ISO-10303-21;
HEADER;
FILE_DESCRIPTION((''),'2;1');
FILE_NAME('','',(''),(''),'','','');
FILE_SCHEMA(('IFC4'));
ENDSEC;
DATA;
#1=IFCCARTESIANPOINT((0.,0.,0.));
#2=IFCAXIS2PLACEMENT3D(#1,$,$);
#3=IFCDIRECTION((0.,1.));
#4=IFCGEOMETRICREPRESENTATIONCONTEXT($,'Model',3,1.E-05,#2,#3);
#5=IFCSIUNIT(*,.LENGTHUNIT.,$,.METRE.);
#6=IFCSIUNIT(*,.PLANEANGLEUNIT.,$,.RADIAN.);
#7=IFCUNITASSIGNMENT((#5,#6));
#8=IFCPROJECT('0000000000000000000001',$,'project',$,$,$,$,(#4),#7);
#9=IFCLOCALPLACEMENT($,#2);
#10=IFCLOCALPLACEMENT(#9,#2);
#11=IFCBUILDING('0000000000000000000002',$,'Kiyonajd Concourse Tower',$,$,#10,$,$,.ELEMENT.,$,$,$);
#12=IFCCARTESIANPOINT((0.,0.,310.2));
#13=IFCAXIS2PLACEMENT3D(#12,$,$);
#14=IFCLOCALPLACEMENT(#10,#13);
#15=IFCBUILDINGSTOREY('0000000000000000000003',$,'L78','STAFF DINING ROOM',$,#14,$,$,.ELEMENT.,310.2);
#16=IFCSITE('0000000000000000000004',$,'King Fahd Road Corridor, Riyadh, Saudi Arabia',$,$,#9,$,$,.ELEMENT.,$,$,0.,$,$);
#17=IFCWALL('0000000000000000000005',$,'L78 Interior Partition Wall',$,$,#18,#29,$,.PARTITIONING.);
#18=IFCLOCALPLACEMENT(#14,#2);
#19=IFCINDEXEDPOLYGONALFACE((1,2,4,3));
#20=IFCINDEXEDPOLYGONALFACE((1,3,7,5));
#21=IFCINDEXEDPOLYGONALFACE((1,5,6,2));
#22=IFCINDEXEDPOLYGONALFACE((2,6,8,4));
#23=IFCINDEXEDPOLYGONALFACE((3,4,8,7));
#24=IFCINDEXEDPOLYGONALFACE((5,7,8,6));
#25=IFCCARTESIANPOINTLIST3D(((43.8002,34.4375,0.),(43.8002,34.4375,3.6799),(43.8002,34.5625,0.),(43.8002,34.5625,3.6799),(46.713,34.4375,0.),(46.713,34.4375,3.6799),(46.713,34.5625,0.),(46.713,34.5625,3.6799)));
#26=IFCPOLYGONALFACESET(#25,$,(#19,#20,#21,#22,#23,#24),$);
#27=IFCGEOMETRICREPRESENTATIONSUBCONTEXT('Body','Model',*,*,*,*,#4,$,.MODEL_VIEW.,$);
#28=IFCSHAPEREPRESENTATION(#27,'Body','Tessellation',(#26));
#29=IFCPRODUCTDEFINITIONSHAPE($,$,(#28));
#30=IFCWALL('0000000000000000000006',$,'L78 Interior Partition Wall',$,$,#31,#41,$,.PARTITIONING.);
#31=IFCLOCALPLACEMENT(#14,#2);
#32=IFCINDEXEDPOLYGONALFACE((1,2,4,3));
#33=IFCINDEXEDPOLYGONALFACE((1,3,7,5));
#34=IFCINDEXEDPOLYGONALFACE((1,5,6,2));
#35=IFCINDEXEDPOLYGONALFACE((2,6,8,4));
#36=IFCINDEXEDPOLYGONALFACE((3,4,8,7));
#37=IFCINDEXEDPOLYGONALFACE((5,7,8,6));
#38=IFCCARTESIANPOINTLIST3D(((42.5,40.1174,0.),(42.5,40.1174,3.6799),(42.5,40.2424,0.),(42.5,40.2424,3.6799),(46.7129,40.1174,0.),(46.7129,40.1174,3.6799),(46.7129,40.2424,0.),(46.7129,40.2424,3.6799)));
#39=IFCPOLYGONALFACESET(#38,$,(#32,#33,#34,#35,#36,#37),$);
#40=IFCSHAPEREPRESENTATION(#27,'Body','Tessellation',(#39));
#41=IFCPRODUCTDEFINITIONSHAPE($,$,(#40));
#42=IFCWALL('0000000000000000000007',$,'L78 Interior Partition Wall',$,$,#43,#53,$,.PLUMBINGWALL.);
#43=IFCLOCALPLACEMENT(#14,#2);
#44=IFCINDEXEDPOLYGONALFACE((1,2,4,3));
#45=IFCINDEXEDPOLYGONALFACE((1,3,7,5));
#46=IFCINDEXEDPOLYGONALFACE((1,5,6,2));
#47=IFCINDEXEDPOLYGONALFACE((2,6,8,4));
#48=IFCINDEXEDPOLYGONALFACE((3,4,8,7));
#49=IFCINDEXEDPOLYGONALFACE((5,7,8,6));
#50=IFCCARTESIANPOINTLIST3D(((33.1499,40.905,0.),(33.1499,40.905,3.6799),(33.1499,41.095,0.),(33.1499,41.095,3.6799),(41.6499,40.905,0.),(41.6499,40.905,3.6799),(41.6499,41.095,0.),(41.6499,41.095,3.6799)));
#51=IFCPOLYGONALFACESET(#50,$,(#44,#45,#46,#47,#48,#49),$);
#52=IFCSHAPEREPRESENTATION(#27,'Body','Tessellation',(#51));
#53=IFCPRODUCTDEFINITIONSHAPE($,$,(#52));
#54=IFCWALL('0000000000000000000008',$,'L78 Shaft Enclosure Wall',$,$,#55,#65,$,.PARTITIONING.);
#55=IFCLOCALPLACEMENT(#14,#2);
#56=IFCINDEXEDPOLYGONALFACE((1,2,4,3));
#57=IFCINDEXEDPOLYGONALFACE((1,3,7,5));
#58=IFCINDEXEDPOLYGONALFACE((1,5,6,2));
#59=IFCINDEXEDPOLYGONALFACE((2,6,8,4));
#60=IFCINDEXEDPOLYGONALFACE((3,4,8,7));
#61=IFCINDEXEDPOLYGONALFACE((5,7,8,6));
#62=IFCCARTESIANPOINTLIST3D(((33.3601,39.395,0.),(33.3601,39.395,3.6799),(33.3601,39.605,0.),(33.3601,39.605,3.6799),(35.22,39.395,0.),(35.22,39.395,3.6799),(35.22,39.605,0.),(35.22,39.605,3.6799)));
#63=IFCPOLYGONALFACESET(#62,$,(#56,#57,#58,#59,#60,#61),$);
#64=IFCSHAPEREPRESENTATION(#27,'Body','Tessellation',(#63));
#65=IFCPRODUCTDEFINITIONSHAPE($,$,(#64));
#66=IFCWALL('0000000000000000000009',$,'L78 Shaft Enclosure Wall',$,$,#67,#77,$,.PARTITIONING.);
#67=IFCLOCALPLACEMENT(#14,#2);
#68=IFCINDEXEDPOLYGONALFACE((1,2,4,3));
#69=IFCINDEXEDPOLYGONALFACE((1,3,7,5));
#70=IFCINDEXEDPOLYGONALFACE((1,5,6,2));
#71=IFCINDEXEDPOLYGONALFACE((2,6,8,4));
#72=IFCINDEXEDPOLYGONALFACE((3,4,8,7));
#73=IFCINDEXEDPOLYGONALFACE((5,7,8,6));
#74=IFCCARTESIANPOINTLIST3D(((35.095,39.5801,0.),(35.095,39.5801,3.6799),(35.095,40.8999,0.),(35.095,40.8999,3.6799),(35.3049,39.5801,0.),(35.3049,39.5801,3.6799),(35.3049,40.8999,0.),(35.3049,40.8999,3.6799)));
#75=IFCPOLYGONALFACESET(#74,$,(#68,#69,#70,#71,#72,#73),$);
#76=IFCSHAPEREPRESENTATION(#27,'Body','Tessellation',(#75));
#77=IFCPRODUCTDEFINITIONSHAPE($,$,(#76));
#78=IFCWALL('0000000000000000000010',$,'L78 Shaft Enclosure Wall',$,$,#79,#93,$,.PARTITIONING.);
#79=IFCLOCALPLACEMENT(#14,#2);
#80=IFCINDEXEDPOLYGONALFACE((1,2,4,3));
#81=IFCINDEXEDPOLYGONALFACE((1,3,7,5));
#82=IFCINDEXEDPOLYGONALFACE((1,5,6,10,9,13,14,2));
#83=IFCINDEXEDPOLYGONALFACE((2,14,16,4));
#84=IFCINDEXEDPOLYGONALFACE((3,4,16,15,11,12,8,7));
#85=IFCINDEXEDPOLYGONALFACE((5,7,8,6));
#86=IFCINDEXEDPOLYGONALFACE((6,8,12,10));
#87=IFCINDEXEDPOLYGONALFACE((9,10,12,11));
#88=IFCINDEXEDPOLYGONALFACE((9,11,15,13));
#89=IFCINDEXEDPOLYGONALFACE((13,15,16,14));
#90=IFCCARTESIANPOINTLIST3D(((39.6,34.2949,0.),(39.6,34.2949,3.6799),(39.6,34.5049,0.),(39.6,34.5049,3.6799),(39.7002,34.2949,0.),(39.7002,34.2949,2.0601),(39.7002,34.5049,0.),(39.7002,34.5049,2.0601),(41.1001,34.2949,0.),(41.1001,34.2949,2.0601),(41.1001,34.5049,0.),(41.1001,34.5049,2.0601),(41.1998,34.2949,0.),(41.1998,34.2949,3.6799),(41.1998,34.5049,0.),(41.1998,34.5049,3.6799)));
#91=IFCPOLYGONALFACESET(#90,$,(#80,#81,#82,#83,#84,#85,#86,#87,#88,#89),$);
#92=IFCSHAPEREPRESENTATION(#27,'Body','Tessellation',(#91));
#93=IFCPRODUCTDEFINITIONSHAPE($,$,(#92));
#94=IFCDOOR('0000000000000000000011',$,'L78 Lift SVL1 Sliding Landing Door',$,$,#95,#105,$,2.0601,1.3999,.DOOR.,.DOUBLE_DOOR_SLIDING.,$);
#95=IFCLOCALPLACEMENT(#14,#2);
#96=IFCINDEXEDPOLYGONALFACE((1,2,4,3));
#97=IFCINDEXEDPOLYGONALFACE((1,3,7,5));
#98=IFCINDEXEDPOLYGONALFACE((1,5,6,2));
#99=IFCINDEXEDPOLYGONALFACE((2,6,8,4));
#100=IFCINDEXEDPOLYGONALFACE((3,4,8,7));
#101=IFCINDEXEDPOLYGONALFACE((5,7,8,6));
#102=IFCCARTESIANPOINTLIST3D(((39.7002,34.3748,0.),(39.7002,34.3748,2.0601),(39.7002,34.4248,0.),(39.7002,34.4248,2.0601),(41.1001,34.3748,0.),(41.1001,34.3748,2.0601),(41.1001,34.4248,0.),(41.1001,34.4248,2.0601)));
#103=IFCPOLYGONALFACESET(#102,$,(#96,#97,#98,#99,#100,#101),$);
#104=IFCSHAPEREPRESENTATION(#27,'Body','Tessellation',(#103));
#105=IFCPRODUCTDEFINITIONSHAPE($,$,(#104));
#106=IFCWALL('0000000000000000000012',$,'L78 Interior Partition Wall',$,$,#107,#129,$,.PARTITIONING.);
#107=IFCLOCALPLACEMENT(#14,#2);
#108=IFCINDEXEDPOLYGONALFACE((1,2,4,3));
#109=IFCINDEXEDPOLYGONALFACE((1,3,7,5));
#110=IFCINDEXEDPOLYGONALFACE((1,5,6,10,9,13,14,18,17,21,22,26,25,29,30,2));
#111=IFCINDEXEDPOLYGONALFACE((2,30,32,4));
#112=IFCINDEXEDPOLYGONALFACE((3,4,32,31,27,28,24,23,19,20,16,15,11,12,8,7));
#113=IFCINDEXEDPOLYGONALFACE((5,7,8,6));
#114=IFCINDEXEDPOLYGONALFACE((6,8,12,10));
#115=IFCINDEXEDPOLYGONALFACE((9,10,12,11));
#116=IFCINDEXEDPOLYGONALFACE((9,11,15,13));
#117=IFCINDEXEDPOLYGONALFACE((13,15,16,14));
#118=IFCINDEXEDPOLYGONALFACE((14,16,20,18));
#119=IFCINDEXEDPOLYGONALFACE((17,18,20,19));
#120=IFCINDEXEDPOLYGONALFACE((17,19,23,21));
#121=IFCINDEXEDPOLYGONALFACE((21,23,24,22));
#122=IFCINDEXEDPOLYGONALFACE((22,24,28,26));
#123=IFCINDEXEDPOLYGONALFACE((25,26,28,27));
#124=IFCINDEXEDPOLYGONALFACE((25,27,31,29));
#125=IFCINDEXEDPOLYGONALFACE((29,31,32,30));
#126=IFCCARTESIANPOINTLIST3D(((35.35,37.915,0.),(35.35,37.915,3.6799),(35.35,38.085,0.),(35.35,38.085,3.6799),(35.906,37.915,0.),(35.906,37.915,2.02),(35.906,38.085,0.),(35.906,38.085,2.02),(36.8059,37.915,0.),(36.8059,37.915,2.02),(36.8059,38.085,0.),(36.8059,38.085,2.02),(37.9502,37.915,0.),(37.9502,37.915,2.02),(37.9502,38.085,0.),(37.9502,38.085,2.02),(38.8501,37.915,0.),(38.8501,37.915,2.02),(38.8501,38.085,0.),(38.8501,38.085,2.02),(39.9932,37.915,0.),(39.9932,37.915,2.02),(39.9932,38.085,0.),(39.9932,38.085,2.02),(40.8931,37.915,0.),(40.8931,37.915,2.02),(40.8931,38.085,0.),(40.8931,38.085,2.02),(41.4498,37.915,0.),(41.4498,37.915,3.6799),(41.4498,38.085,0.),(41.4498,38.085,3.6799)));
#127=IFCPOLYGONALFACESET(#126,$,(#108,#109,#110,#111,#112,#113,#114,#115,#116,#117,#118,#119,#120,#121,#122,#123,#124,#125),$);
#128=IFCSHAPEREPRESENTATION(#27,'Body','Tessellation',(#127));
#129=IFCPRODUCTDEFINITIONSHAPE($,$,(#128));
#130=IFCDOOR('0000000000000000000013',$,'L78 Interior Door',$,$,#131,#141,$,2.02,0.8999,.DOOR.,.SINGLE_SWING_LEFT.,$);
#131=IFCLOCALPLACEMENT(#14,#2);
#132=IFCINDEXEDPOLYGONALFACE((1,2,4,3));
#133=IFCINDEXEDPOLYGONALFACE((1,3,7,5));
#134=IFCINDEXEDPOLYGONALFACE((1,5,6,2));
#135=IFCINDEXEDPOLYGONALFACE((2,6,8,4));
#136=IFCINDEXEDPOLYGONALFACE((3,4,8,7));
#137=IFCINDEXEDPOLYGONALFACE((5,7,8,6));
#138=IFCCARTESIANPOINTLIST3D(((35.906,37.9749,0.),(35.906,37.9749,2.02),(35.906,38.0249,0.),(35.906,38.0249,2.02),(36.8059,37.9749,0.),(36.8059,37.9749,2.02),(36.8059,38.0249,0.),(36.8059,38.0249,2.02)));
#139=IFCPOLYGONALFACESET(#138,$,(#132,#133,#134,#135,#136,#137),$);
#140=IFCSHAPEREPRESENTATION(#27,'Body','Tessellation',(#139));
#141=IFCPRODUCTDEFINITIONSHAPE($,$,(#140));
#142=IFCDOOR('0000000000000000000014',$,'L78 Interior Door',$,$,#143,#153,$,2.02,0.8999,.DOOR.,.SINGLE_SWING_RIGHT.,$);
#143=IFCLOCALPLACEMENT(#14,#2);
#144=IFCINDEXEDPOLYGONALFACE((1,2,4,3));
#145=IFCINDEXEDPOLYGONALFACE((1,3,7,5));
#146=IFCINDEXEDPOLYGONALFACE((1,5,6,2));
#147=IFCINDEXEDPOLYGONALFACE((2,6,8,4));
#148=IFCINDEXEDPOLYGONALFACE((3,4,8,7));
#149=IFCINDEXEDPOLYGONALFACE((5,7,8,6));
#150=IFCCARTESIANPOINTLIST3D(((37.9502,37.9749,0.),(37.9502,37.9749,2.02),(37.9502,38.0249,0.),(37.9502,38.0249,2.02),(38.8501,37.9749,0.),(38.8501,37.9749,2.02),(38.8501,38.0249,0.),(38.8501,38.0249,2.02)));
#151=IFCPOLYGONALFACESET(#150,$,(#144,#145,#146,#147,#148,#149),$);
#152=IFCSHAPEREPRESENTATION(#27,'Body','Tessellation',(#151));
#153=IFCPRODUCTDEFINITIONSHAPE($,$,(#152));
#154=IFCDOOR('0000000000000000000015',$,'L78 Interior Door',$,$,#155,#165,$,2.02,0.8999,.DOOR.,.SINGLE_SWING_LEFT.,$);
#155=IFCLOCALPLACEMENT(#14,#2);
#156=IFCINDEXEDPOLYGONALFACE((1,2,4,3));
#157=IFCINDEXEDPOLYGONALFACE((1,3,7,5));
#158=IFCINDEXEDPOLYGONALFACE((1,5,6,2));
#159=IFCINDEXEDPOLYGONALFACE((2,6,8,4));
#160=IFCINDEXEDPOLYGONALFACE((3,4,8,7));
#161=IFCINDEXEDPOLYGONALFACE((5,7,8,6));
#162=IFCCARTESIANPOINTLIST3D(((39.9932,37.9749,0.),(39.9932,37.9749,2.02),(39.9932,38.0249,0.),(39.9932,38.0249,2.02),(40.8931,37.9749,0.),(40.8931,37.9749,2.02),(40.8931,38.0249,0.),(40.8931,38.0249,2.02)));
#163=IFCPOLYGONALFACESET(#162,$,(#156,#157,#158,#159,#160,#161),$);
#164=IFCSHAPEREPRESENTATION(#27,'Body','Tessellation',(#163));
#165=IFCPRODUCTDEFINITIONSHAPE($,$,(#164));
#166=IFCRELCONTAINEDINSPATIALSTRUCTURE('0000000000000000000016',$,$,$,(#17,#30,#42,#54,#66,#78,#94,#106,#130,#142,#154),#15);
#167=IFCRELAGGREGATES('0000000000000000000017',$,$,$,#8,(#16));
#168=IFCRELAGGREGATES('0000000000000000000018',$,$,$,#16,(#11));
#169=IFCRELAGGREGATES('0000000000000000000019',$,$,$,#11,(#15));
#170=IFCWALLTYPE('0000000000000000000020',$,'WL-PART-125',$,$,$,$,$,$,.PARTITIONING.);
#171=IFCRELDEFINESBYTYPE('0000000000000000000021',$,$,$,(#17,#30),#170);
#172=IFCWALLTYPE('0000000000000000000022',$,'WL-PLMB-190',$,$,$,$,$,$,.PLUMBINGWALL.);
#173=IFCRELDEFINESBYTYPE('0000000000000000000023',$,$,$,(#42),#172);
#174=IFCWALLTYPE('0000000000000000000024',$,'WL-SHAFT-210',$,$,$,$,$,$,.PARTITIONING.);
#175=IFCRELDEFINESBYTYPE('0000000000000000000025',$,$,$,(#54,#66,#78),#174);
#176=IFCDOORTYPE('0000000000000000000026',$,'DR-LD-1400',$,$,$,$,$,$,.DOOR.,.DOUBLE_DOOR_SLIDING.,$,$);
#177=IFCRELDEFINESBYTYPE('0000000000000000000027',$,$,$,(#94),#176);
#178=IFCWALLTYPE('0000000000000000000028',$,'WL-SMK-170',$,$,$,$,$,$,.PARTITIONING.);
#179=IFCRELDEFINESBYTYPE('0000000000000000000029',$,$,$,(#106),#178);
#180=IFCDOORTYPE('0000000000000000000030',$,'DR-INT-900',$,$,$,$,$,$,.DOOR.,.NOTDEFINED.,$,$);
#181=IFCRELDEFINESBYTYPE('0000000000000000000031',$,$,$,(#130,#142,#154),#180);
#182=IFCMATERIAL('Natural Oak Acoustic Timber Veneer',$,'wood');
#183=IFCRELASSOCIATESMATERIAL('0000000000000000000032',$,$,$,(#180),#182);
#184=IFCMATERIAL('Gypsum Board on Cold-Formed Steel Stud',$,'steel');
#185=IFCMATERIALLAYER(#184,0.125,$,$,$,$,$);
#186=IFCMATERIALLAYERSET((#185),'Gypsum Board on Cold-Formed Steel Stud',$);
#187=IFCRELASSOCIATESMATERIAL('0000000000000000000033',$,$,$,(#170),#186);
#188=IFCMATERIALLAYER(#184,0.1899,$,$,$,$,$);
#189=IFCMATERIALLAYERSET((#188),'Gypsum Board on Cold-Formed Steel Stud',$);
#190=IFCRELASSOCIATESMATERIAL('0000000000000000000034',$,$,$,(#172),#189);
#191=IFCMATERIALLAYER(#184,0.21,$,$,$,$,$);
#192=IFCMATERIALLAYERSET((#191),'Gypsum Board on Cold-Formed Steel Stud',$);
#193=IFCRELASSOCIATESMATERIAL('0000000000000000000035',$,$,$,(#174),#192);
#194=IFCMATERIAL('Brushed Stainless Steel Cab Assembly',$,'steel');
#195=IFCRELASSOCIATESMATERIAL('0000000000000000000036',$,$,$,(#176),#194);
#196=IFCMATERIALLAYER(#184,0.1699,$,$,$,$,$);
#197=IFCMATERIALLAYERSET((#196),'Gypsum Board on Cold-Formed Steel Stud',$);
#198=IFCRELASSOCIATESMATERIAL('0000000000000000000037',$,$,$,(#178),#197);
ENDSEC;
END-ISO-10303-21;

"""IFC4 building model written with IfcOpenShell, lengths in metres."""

from ifc_helpers import new_model, si_unit, direction, frame, frame_2d, origin, place, context, subcontext, project, spatial, rectangle, extrude, material, layer, layer_set, type_object, element, fill, save


model = new_model("IFC4")

# Units and contexts
model_context = context("Model", 3, precision=1e-05, world=origin(), true_north=direction((0.0, 1.0)))
body_context = subcontext(model_context, "Body", "Model", "MODEL_VIEW")
ifc_project = project(units=[si_unit("LENGTHUNIT", "METRE"), si_unit("PLANEANGLEUNIT", "RADIAN")], contexts=[model_context])

# Site, building, storey
site_placement = place(None, origin())
site = spatial("IfcSite", under=ifc_project, at=site_placement, Name="King Fahd Road Corridor, Riyadh, Saudi Arabia", CompositionType="ELEMENT", RefElevation=0.0)
building_placement = place(site_placement, origin())
building = spatial("IfcBuilding", under=site, at=building_placement, Name="Kiyonajd Concourse Tower", CompositionType="ELEMENT")
storey_placement = place(building_placement, frame((0.0, 0.0, 310.2)))
storey = spatial("IfcBuildingStorey", under=building, at=storey_placement, Name="L78", Description="STAFF DINING ROOM", CompositionType="ELEMENT", Elevation=310.2)

# Shared definitions
ifc_material_1 = material(Name="Natural Oak Acoustic Timber Veneer", Category="wood")
door_type_1 = type_object("IfcDoorType", Name="DR-INT-900", OperationType="NOTDEFINED", PredefinedType="DOOR", material=ifc_material_1)

# Walls
ifc_material_2 = material(Name="Gypsum Board on Cold-Formed Steel Stud", Category="steel")
ifc_layer_1 = layer(ifc_material_2, 0.125)
ifc_layer_set_1 = layer_set([ifc_layer_1], Name="Gypsum Board on Cold-Formed Steel Stud")
wall_type_1 = type_object("IfcWallType", Name="WL-PART-125", PredefinedType="PARTITIONING", material=ifc_layer_set_1)
wall_1_placement = place(storey_placement, frame((43.8, 34.5, 0.0), z_axis=(0.0, 0.0, 1.0), x_axis=(1.0, 0.0, 0.0)))
element("IfcWall", 1, at=wall_1_placement, inside=storey, type_object=wall_type_1, Name="L78 Interior Partition Wall", PredefinedType="PARTITIONING", context=body_context, shape_type="SweptSolid", body=[
    extrude(rectangle(XDim=2.9128, YDim=0.125, at=frame_2d((1.4565, 0.0))), origin(), (0.0, 0.0, 1.0), 3.6799),
])
wall_2_placement = place(storey_placement, frame((42.5, 40.1799, 0.0), z_axis=(0.0, 0.0, 1.0), x_axis=(1.0, 0.0, 0.0)))
element("IfcWall", 2, at=wall_2_placement, inside=storey, type_object=wall_type_1, Name="L78 Interior Partition Wall", PredefinedType="PARTITIONING", context=body_context, shape_type="SweptSolid", body=[
    extrude(rectangle(XDim=4.2129, YDim=0.125, at=frame_2d((2.1064, 0.0))), origin(), (0.0, 0.0, 1.0), 3.6799),
])
ifc_layer_2 = layer(ifc_material_2, 0.1899)
ifc_layer_set_2 = layer_set([ifc_layer_2], Name="Gypsum Board on Cold-Formed Steel Stud")
wall_type_2 = type_object("IfcWallType", Name="WL-PLMB-190", PredefinedType="PLUMBINGWALL", material=ifc_layer_set_2)
wall_3_placement = place(storey_placement, frame((33.1499, 41.0, 0.0), z_axis=(0.0, 0.0, 1.0), x_axis=(1.0, 0.0, 0.0)))
element("IfcWall", 3, at=wall_3_placement, inside=storey, type_object=wall_type_2, Name="L78 Interior Partition Wall", PredefinedType="PLUMBINGWALL", context=body_context, shape_type="SweptSolid", body=[
    extrude(rectangle(XDim=8.5, YDim=0.1899, at=frame_2d((4.25, 0.0))), origin(), (0.0, 0.0, 1.0), 3.6799),
])
ifc_layer_3 = layer(ifc_material_2, 0.21)
ifc_layer_set_3 = layer_set([ifc_layer_3], Name="Gypsum Board on Cold-Formed Steel Stud")
wall_type_3 = type_object("IfcWallType", Name="WL-SHAFT-210", PredefinedType="PARTITIONING", material=ifc_layer_set_3)
wall_4_placement = place(storey_placement, frame((33.3601, 39.5, 0.0), z_axis=(0.0, 0.0, 1.0), x_axis=(1.0, 0.0, 0.0)))
element("IfcWall", 4, at=wall_4_placement, inside=storey, type_object=wall_type_3, Name="L78 Shaft Enclosure Wall", PredefinedType="PARTITIONING", context=body_context, shape_type="SweptSolid", body=[
    extrude(rectangle(XDim=1.8599, YDim=0.21, at=frame_2d((0.9299, 0.0))), origin(), (0.0, 0.0, 1.0), 3.6799),
])
wall_5_placement = place(storey_placement, frame((35.2, 39.5801, 0.0), z_axis=(0.0, 0.0, 1.0), x_axis=(0.0, 1.0, 0.0)))
element("IfcWall", 5, at=wall_5_placement, inside=storey, type_object=wall_type_3, Name="L78 Shaft Enclosure Wall", PredefinedType="PARTITIONING", context=body_context, shape_type="SweptSolid", body=[
    extrude(rectangle(XDim=1.3198, YDim=0.21, at=frame_2d((0.6599, 0.0))), origin(), (0.0, 0.0, 1.0), 3.6799),
])

# Wall, opening, door
wall_6_placement = place(storey_placement, frame((39.6001, 34.3999, 0.0), z_axis=(0.0, 0.0, 1.0), x_axis=(1.0, 0.0, 0.0)))
wall_6 = element("IfcWall", 6, at=wall_6_placement, inside=storey, type_object=wall_type_3, Name="L78 Shaft Enclosure Wall", PredefinedType="PARTITIONING", context=body_context, shape_type="SweptSolid", body=[
    extrude(rectangle(XDim=1.5999, YDim=0.21, at=frame_2d((0.7998, 0.0))), origin(), (0.0, 0.0, 1.0), 3.6799),
])
opening_1_placement = place(wall_6_placement, frame((0.1001, 0.0, 0.0)))
opening_1 = element("IfcOpeningElement", 7, at=opening_1_placement, cuts=wall_6, PredefinedType="OPENING", context=body_context, shape_type="SweptSolid", body=[
    extrude(rectangle(XDim=1.3999, YDim=2.0601, at=frame_2d((0.7, 1.03))), frame((0.0, 0.115, 0.0), z_axis=(0.0, -1.0, 0.0), x_axis=(1.0, 0.0, 0.0)), (0.0, 0.0, 1.0), 0.23),
])
ifc_material_3 = material(Name="Brushed Stainless Steel Cab Assembly", Category="steel")
door_type_2 = type_object("IfcDoorType", Name="DR-LD-1400", OperationType="DOUBLE_DOOR_SLIDING", PredefinedType="DOOR", material=ifc_material_3)
door_1_placement = place(opening_1_placement, origin())
door_1 = element("IfcDoor", 8, at=door_1_placement, inside=storey, type_object=door_type_2, Name="L78 Lift SVL1 Sliding Landing Door", OperationType="DOUBLE_DOOR_SLIDING", OverallHeight=2.0601, OverallWidth=1.3999, PredefinedType="DOOR", context=body_context, shape_type="SweptSolid", body=[
    extrude(rectangle(XDim=1.3999, YDim=2.0601, at=frame_2d((0.7, 1.03))), frame((0.0, 0.0249, 0.0), z_axis=(0.0, -1.0, 0.0), x_axis=(1.0, 0.0, 0.0)), (0.0, 0.0, 1.0), 0.05),
])
fill(opening_1, door_1)

# Wall, openings, doors
ifc_layer_4 = layer(ifc_material_2, 0.1699)
ifc_layer_set_4 = layer_set([ifc_layer_4], Name="Gypsum Board on Cold-Formed Steel Stud")
wall_type_4 = type_object("IfcWallType", Name="WL-SMK-170", PredefinedType="PARTITIONING", material=ifc_layer_set_4)
wall_7_placement = place(storey_placement, frame((35.3501, 38.0, 0.0), z_axis=(0.0, 0.0, 1.0), x_axis=(1.0, 0.0, 0.0)))
wall_7 = element("IfcWall", 9, at=wall_7_placement, inside=storey, type_object=wall_type_4, Name="L78 Interior Partition Wall", PredefinedType="PARTITIONING", context=body_context, shape_type="SweptSolid", body=[
    extrude(rectangle(XDim=6.0999, YDim=0.1699, at=frame_2d((3.0498, 0.0))), origin(), (0.0, 0.0, 1.0), 3.6799),
])
opening_2_placement = place(wall_7_placement, frame((0.5559, 0.0, 0.0)))
opening_2 = element("IfcOpeningElement", 10, at=opening_2_placement, cuts=wall_7, PredefinedType="OPENING", context=body_context, shape_type="SweptSolid", body=[
    extrude(rectangle(XDim=0.8999, YDim=2.02, at=frame_2d((0.45, 1.01))), frame((0.0, 0.095, 0.0), z_axis=(0.0, -1.0, 0.0), x_axis=(1.0, 0.0, 0.0)), (0.0, 0.0, 1.0), 0.1899),
])
opening_3_placement = place(wall_7_placement, frame((2.6001, 0.0, 0.0)))
opening_3 = element("IfcOpeningElement", 11, at=opening_3_placement, cuts=wall_7, PredefinedType="OPENING", context=body_context, shape_type="SweptSolid", body=[
    extrude(rectangle(XDim=0.8999, YDim=2.02, at=frame_2d((0.45, 1.01))), frame((0.0, 0.095, 0.0), z_axis=(0.0, -1.0, 0.0), x_axis=(1.0, 0.0, 0.0)), (0.0, 0.0, 1.0), 0.1899),
])
opening_4_placement = place(wall_7_placement, frame((4.6431, 0.0, 0.0)))
opening_4 = element("IfcOpeningElement", 12, at=opening_4_placement, cuts=wall_7, PredefinedType="OPENING", context=body_context, shape_type="SweptSolid", body=[
    extrude(rectangle(XDim=0.8999, YDim=2.02, at=frame_2d((0.45, 1.01))), frame((0.0, 0.095, 0.0), z_axis=(0.0, -1.0, 0.0), x_axis=(1.0, 0.0, 0.0)), (0.0, 0.0, 1.0), 0.1899),
])
door_2_placement = place(opening_2_placement, origin())
door_2 = element("IfcDoor", 13, at=door_2_placement, inside=storey, type_object=door_type_1, Name="L78 Interior Door", OperationType="SINGLE_SWING_LEFT", OverallHeight=2.02, OverallWidth=0.8999, PredefinedType="DOOR", context=body_context, shape_type="SweptSolid", body=[
    extrude(rectangle(XDim=0.8999, YDim=2.02, at=frame_2d((0.45, 1.01))), frame((0.0, 0.0249, 0.0), z_axis=(0.0, -1.0, 0.0), x_axis=(1.0, 0.0, 0.0)), (0.0, 0.0, 1.0), 0.05),
])
fill(opening_2, door_2)
door_3_placement = place(opening_3_placement, origin())
door_3 = element("IfcDoor", 14, at=door_3_placement, inside=storey, type_object=door_type_1, Name="L78 Interior Door", OperationType="SINGLE_SWING_RIGHT", OverallHeight=2.02, OverallWidth=0.8999, PredefinedType="DOOR", context=body_context, shape_type="SweptSolid", body=[
    extrude(rectangle(XDim=0.8999, YDim=2.02, at=frame_2d((0.45, 1.01))), frame((0.0, 0.0249, 0.0), z_axis=(0.0, -1.0, 0.0), x_axis=(1.0, 0.0, 0.0)), (0.0, 0.0, 1.0), 0.05),
])
fill(opening_3, door_3)
door_4_placement = place(opening_4_placement, origin())
door_4 = element("IfcDoor", 15, at=door_4_placement, inside=storey, type_object=door_type_1, Name="L78 Interior Door", OperationType="SINGLE_SWING_LEFT", OverallHeight=2.02, OverallWidth=0.8999, PredefinedType="DOOR", context=body_context, shape_type="SweptSolid", body=[
    extrude(rectangle(XDim=0.8999, YDim=2.02, at=frame_2d((0.45, 1.01))), frame((0.0, 0.0249, 0.0), z_axis=(0.0, -1.0, 0.0), x_axis=(1.0, 0.0, 0.0)), (0.0, 0.0, 1.0), 0.05),
])
fill(opening_4, door_4)

save(model, "model.ifc")
